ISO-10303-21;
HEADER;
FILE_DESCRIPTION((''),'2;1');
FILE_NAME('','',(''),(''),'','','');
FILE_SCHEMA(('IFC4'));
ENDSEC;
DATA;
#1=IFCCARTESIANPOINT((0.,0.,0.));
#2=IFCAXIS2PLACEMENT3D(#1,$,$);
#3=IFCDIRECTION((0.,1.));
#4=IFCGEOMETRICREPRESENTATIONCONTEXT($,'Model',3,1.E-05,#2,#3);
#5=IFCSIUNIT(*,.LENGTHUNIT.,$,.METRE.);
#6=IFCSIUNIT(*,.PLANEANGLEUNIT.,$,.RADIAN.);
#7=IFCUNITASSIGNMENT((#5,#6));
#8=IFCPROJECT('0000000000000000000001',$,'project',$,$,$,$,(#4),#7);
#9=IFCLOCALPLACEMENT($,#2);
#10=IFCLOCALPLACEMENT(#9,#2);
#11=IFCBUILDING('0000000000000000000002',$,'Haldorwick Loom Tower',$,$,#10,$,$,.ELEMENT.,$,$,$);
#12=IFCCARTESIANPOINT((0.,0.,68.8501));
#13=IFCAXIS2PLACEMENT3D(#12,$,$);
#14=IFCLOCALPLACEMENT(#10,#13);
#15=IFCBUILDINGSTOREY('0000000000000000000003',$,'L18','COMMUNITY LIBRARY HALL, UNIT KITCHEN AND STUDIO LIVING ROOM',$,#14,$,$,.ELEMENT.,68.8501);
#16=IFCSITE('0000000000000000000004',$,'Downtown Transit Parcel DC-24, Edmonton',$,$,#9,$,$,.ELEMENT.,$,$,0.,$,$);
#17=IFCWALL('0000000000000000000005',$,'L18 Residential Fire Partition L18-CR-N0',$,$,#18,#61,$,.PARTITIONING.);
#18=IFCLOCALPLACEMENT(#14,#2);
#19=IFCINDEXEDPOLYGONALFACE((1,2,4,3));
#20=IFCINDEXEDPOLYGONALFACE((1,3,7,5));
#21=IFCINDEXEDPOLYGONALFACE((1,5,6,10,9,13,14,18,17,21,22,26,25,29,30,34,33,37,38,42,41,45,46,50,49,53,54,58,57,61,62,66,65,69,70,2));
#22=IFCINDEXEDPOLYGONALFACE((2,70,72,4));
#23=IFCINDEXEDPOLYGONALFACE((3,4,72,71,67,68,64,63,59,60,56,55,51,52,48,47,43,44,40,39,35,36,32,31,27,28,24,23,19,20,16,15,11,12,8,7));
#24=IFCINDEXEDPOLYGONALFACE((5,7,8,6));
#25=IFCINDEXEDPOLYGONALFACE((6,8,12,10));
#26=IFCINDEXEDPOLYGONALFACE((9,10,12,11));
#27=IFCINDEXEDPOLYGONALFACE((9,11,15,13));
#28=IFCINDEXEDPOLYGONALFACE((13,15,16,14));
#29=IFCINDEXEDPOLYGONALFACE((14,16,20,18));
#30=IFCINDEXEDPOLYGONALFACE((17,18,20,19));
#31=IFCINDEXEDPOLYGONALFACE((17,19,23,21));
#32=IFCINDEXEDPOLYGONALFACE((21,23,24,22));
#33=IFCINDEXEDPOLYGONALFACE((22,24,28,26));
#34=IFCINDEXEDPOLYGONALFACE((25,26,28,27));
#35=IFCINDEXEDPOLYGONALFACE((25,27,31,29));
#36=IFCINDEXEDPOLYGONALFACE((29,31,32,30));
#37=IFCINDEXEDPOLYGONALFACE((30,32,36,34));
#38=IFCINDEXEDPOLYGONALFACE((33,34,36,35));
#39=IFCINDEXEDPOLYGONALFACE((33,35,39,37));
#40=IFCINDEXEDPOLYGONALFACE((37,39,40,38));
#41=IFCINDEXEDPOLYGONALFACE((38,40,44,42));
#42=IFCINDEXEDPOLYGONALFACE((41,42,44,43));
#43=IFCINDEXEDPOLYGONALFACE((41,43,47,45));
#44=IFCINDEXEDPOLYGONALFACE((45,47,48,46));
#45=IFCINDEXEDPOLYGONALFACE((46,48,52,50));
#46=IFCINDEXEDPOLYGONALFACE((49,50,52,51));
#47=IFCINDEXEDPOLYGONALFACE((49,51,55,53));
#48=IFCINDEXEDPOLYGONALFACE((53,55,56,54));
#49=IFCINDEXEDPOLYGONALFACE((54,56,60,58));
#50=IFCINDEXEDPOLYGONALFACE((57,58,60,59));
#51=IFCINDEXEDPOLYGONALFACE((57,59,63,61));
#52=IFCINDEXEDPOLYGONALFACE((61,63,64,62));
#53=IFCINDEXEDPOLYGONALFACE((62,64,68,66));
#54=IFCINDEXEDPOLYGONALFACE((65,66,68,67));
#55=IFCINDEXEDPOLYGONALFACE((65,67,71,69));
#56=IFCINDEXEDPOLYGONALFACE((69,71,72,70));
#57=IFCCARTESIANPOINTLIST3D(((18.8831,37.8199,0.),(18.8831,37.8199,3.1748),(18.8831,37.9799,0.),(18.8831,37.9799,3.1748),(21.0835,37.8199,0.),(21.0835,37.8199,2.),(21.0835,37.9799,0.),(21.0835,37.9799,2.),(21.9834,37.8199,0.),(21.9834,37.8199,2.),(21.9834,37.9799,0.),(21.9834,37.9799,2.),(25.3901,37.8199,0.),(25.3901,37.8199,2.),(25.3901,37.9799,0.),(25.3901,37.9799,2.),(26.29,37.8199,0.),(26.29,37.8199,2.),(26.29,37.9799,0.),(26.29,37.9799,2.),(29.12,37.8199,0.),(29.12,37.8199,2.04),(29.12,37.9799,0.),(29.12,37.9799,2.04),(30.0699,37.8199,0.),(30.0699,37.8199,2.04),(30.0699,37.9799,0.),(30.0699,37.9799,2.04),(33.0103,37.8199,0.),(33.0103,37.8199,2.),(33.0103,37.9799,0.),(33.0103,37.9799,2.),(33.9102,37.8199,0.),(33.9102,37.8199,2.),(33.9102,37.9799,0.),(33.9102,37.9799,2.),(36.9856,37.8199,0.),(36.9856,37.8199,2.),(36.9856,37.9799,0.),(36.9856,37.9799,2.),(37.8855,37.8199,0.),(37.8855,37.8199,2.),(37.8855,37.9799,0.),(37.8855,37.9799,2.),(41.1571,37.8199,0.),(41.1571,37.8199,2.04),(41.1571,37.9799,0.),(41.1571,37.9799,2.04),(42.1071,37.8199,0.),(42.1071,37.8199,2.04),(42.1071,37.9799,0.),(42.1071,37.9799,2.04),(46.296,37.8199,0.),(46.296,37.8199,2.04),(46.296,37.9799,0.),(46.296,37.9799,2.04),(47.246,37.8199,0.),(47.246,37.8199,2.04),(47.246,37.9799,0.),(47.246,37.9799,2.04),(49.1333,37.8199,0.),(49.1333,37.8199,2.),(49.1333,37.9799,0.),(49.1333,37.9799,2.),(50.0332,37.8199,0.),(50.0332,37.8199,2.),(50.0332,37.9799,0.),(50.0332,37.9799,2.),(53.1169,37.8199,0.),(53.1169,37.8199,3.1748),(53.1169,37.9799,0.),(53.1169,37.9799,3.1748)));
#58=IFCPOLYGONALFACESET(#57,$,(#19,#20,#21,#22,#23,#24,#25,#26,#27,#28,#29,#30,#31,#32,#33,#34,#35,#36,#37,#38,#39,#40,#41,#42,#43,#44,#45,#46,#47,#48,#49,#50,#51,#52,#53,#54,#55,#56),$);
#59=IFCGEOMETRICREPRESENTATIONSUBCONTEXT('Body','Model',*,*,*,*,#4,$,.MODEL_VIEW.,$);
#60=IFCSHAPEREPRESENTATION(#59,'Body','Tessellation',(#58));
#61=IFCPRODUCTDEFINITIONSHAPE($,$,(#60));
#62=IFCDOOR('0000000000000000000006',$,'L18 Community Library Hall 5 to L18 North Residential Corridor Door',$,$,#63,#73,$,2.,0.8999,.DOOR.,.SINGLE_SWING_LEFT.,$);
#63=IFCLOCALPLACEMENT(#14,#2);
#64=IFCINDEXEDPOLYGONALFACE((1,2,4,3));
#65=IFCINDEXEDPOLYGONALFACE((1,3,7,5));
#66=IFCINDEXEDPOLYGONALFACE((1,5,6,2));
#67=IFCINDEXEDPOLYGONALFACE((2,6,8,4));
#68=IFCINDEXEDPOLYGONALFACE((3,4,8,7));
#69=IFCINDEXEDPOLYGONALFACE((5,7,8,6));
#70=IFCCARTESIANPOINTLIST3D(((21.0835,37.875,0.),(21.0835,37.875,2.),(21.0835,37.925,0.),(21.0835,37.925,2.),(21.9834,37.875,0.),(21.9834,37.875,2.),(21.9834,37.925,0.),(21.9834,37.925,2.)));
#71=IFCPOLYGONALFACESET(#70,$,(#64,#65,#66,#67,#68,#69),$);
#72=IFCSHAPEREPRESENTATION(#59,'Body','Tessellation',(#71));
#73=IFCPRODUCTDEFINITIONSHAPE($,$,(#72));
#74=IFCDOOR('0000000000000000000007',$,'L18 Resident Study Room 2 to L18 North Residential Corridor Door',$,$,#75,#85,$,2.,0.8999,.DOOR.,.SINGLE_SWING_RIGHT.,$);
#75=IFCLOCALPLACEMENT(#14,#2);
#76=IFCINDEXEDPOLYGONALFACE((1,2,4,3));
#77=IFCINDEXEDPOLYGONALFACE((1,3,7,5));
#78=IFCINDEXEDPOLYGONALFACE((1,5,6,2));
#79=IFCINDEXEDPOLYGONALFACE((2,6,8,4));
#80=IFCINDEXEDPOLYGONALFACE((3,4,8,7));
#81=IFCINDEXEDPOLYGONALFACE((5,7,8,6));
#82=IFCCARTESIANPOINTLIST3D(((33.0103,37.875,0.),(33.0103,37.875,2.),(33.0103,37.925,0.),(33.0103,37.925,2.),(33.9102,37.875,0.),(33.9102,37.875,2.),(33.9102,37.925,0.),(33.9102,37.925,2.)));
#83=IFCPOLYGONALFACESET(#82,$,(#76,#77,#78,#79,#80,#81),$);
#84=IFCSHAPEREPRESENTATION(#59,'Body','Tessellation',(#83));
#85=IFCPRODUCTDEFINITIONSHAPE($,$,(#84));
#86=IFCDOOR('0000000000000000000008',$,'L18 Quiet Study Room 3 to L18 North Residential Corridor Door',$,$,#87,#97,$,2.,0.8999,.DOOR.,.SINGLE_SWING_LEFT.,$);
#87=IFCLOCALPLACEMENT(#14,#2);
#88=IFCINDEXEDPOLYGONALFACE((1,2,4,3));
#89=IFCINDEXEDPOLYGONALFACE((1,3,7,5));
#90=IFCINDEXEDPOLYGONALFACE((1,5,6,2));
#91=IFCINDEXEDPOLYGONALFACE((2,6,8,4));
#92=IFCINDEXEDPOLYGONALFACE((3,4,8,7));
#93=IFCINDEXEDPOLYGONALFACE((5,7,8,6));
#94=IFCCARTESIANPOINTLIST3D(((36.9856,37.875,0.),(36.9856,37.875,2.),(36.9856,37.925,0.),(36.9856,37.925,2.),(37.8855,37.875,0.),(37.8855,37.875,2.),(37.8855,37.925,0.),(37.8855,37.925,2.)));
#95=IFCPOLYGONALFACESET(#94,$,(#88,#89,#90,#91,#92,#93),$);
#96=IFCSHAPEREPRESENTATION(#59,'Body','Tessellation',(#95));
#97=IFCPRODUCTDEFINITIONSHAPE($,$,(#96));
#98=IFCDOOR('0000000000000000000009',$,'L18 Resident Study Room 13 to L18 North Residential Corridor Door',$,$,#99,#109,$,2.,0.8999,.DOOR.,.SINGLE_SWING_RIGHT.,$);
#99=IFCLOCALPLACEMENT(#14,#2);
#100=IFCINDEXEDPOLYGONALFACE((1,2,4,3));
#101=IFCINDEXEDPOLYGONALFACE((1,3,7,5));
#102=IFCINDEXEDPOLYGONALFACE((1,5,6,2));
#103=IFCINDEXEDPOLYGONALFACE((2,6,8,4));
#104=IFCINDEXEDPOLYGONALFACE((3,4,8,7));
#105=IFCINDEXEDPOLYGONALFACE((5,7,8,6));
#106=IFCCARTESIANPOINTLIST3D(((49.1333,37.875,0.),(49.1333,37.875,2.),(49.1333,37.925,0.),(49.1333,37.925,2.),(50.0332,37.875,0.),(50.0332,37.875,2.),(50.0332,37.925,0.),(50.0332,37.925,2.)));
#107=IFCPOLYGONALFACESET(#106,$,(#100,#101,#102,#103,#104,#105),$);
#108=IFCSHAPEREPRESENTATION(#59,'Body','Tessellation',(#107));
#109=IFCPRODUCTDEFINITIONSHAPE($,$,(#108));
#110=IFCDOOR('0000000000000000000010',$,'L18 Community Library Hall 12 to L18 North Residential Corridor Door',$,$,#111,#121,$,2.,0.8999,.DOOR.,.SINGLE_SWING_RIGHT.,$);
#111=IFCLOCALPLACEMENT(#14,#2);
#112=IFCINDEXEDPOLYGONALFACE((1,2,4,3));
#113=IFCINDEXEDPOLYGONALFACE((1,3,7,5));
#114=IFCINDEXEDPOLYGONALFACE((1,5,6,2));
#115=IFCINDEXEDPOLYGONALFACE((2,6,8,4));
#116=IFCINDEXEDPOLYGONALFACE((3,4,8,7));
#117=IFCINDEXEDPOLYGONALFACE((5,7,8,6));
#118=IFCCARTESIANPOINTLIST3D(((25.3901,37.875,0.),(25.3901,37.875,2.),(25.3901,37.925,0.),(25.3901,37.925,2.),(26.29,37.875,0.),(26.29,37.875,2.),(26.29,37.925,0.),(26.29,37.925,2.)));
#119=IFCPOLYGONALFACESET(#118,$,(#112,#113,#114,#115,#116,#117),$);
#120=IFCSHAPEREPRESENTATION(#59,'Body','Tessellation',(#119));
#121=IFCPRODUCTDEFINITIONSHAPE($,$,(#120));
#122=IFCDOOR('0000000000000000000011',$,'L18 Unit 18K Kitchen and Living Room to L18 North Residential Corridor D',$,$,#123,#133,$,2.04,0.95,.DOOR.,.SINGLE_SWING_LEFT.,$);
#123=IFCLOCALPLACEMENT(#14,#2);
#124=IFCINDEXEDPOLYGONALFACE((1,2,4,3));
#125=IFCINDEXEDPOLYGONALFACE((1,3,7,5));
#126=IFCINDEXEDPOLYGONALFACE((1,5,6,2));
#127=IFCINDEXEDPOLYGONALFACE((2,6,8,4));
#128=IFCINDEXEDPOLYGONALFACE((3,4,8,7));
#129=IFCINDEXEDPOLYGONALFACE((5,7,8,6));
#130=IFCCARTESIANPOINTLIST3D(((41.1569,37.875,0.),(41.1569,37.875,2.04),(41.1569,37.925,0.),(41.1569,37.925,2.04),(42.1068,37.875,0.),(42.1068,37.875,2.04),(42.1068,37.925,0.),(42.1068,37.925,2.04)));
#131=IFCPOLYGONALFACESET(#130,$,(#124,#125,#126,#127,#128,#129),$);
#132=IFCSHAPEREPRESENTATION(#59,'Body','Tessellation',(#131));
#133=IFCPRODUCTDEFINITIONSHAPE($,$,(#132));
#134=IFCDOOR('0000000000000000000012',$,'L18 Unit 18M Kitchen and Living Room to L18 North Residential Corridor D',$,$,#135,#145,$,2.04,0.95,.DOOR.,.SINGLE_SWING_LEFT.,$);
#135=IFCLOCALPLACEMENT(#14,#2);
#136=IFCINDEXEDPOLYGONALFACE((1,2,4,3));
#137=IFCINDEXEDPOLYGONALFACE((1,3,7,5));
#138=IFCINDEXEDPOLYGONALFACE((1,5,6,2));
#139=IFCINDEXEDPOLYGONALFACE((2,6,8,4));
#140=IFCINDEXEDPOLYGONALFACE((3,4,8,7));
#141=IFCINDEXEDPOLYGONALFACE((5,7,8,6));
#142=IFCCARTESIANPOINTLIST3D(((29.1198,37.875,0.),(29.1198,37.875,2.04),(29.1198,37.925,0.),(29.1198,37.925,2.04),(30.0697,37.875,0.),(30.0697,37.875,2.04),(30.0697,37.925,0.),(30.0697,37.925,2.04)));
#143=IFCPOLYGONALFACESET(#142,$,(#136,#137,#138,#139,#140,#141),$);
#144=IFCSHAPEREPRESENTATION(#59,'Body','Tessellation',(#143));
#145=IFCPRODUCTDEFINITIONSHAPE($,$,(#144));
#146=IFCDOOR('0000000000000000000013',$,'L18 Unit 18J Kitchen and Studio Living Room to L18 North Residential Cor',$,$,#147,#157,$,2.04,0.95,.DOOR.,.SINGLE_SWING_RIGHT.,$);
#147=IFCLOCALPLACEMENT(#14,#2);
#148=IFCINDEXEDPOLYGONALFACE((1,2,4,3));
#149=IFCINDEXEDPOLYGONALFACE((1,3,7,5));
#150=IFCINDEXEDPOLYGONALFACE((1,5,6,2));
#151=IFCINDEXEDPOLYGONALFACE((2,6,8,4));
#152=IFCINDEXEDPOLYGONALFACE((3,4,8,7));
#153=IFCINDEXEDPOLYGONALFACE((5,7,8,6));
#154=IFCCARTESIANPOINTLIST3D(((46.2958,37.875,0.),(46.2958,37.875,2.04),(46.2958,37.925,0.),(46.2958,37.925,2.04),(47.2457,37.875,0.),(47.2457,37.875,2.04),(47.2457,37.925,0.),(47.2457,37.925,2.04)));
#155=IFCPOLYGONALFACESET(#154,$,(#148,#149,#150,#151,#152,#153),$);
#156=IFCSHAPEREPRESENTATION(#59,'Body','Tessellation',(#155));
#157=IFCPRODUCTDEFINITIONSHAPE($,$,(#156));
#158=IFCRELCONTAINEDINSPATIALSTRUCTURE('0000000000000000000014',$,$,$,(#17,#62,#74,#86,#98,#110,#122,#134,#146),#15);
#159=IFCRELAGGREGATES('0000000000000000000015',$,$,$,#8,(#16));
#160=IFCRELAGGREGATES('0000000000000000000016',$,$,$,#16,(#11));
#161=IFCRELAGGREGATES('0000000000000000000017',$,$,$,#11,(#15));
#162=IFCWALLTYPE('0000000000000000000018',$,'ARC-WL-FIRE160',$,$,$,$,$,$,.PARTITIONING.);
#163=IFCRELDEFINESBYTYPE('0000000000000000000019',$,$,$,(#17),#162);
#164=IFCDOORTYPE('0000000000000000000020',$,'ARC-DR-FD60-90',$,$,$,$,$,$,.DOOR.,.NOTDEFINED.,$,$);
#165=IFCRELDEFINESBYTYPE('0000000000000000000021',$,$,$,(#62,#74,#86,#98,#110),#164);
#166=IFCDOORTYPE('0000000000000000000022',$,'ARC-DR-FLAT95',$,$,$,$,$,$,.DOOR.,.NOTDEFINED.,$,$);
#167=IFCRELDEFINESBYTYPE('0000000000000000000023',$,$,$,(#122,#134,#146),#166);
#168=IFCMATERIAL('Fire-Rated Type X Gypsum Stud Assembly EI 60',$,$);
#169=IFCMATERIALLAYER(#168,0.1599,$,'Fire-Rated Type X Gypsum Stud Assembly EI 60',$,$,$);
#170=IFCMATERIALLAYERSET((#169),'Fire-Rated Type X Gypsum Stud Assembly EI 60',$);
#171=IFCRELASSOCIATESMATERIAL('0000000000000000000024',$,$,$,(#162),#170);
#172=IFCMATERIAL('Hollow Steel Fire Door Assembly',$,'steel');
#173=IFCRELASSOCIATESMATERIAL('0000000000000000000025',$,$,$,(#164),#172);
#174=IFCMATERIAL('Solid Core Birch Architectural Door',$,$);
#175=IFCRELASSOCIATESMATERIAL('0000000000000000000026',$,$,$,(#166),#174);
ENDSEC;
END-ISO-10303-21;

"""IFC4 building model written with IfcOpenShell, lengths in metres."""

from ifc_helpers import new_model, si_unit, direction, frame, frame_2d, origin, place, context, subcontext, project, spatial, rectangle, extrude, material, layer, layer_set, type_object, element, fill, save


model = new_model("IFC4")

# Units and contexts
model_context = context("Model", 3, precision=1e-05, world=origin(), true_north=direction((0.0, 1.0)))
body_context = subcontext(model_context, "Body", "Model", "MODEL_VIEW")
ifc_project = project(units=[si_unit("LENGTHUNIT", "METRE"), si_unit("PLANEANGLEUNIT", "RADIAN")], contexts=[model_context])

# Site, building, storey
site_placement = place(None, origin())
site = spatial("IfcSite", under=ifc_project, at=site_placement, Name="Downtown Transit Parcel DC-24, Edmonton", CompositionType="ELEMENT", RefElevation=0.0)
building_placement = place(site_placement, origin())
building = spatial("IfcBuilding", under=site, at=building_placement, Name="Haldorwick Loom Tower", CompositionType="ELEMENT")
storey_placement = place(building_placement, frame((0.0, 0.0, 68.8501)))
storey = spatial("IfcBuildingStorey", under=building, at=storey_placement, Name="L18", Description="COMMUNITY LIBRARY HALL, UNIT KITCHEN AND STUDIO LIVING ROOM", CompositionType="ELEMENT", Elevation=68.8501)

# Wall, openings, doors
ifc_material_1 = material(Name="Fire-Rated Type X Gypsum Stud Assembly EI 60")
ifc_layer_1 = layer(ifc_material_1, 0.1599, Name="Fire-Rated Type X Gypsum Stud Assembly EI 60")
ifc_layer_set_1 = layer_set([ifc_layer_1], Name="Fire-Rated Type X Gypsum Stud Assembly EI 60")
wall_type_1 = type_object("IfcWallType", Name="ARC-WL-FIRE160", PredefinedType="PARTITIONING", material=ifc_layer_set_1)
wall_1_placement = place(storey_placement, frame((18.8831, 37.8999, 0.0), z_axis=(0.0, 0.0, 1.0), x_axis=(1.0, 0.0, 0.0)))
wall_1 = element("IfcWall", 1, at=wall_1_placement, inside=storey, type_object=wall_type_1, Name="L18 Residential Fire Partition L18-CR-N0", PredefinedType="PARTITIONING", context=body_context, shape_type="SweptSolid", body=[
    extrude(rectangle(XDim=34.2339, YDim=0.1599, at=frame_2d((17.1169, 0.0))), origin(), (0.0, 0.0, 1.0), 3.1748),
])
opening_1_placement = place(wall_1_placement, frame((2.2004, 0.0, 0.0)))
opening_1 = element("IfcOpeningElement", 2, at=opening_1_placement, cuts=wall_1, PredefinedType="OPENING", context=body_context, shape_type="SweptSolid", body=[
    extrude(rectangle(XDim=0.8999, YDim=2.0, at=frame_2d((0.45, 1.0))), frame((0.0, 0.0898, 0.0), z_axis=(0.0, -1.0, 0.0), x_axis=(1.0, 0.0, 0.0)), (0.0, 0.0, 1.0), 0.1799),
])
opening_2_placement = place(wall_1_placement, frame((22.2739, 0.0, 0.0)))
opening_2 = element("IfcOpeningElement", 3, at=opening_2_placement, cuts=wall_1, PredefinedType="OPENING", context=body_context, shape_type="SweptSolid", body=[
    extrude(rectangle(XDim=0.95, YDim=2.04, at=frame_2d((0.4751, 1.02))), frame((0.0, 0.0898, 0.0), z_axis=(0.0, -1.0, 0.0), x_axis=(1.0, 0.0, 0.0)), (0.0, 0.0, 1.0), 0.1799),
])
opening_3_placement = place(wall_1_placement, frame((14.1272, 0.0, 0.0)))
opening_3 = element("IfcOpeningElement", 4, at=opening_3_placement, cuts=wall_1, PredefinedType="OPENING", context=body_context, shape_type="SweptSolid", body=[
    extrude(rectangle(XDim=0.8999, YDim=2.0, at=frame_2d((0.45, 1.0))), frame((0.0, 0.0898, 0.0), z_axis=(0.0, -1.0, 0.0), x_axis=(1.0, 0.0, 0.0)), (0.0, 0.0, 1.0), 0.1799),
])
opening_4_placement = place(wall_1_placement, frame((18.1025, 0.0, 0.0)))
opening_4 = element("IfcOpeningElement", 5, at=opening_4_placement, cuts=wall_1, PredefinedType="OPENING", context=body_context, shape_type="SweptSolid", body=[
    extrude(rectangle(XDim=0.8999, YDim=2.0, at=frame_2d((0.45, 1.0))), frame((0.0, 0.0898, 0.0), z_axis=(0.0, -1.0, 0.0), x_axis=(1.0, 0.0, 0.0)), (0.0, 0.0, 1.0), 0.1799),
])
opening_5_placement = place(wall_1_placement, frame((30.2502, 0.0, 0.0)))
opening_5 = element("IfcOpeningElement", 6, at=opening_5_placement, cuts=wall_1, PredefinedType="OPENING", context=body_context, shape_type="SweptSolid", body=[
    extrude(rectangle(XDim=0.8999, YDim=2.0, at=frame_2d((0.45, 1.0))), frame((0.0, 0.0898, 0.0), z_axis=(0.0, -1.0, 0.0), x_axis=(1.0, 0.0, 0.0)), (0.0, 0.0, 1.0), 0.1799),
])
opening_6_placement = place(wall_1_placement, frame((6.5071, 0.0, 0.0)))
opening_6 = element("IfcOpeningElement", 7, at=opening_6_placement, cuts=wall_1, PredefinedType="OPENING", context=body_context, shape_type="SweptSolid", body=[
    extrude(rectangle(XDim=0.8999, YDim=2.0, at=frame_2d((0.45, 1.0))), frame((0.0, 0.0898, 0.0), z_axis=(0.0, -1.0, 0.0), x_axis=(1.0, 0.0, 0.0)), (0.0, 0.0, 1.0), 0.1799),
])
opening_7_placement = place(wall_1_placement, frame((10.2368, 0.0, 0.0)))
opening_7 = element("IfcOpeningElement", 8, at=opening_7_placement, cuts=wall_1, PredefinedType="OPENING", context=body_context, shape_type="SweptSolid", body=[
    extrude(rectangle(XDim=0.95, YDim=2.04, at=frame_2d((0.4751, 1.02))), frame((0.0, 0.0898, 0.0), z_axis=(0.0, -1.0, 0.0), x_axis=(1.0, 0.0, 0.0)), (0.0, 0.0, 1.0), 0.1799),
])
opening_8_placement = place(wall_1_placement, frame((27.4128, 0.0, 0.0)))
opening_8 = element("IfcOpeningElement", 9, at=opening_8_placement, cuts=wall_1, PredefinedType="OPENING", context=body_context, shape_type="SweptSolid", body=[
    extrude(rectangle(XDim=0.95, YDim=2.04, at=frame_2d((0.4751, 1.02))), frame((0.0, 0.0898, 0.0), z_axis=(0.0, -1.0, 0.0), x_axis=(1.0, 0.0, 0.0)), (0.0, 0.0, 1.0), 0.1799),
])
ifc_material_2 = material(Name="Hollow Steel Fire Door Assembly", Category="steel")
door_type_1 = type_object("IfcDoorType", Name="ARC-DR-FD60-90", OperationType="NOTDEFINED", PredefinedType="DOOR", material=ifc_material_2)
door_1_placement = place(opening_1_placement, frame((0.8999, 0.0, 0.0), z_axis=(0.0, 0.0, 1.0), x_axis=(-1.0, 0.0, 0.0)))
door_1 = element("IfcDoor", 10, at=door_1_placement, inside=storey, type_object=door_type_1, Name="L18 Community Library Hall 5 to L18 North Residential Corridor Door", OperationType="SINGLE_SWING_LEFT", OverallHeight=2.0, OverallWidth=0.8999, PredefinedType="DOOR", context=body_context, shape_type="SweptSolid", body=[
    extrude(rectangle(XDim=0.8999, YDim=2.0, at=frame_2d((0.45, 1.0))), frame((0.0, 0.0249, 0.0), z_axis=(0.0, -1.0, 0.0), x_axis=(1.0, 0.0, 0.0)), (0.0, 0.0, 1.0), 0.05),
])
fill(opening_1, door_1)
door_2_placement = place(opening_3_placement, frame((0.8999, 0.0, 0.0), z_axis=(0.0, 0.0, 1.0), x_axis=(-1.0, 0.0, 0.0)))
door_2 = element("IfcDoor", 11, at=door_2_placement, inside=storey, type_object=door_type_1, Name="L18 Resident Study Room 2 to L18 North Residential Corridor Door", OperationType="SINGLE_SWING_RIGHT", OverallHeight=2.0, OverallWidth=0.8999, PredefinedType="DOOR", context=body_context, shape_type="SweptSolid", body=[
    extrude(rectangle(XDim=0.8999, YDim=2.0, at=frame_2d((0.45, 1.0))), frame((0.0, 0.0249, 0.0), z_axis=(0.0, -1.0, 0.0), x_axis=(1.0, 0.0, 0.0)), (0.0, 0.0, 1.0), 0.05),
])
fill(opening_3, door_2)
door_3_placement = place(opening_4_placement, frame((0.8999, 0.0, 0.0), z_axis=(0.0, 0.0, 1.0), x_axis=(-1.0, 0.0, 0.0)))
door_3 = element("IfcDoor", 12, at=door_3_placement, inside=storey, type_object=door_type_1, Name="L18 Quiet Study Room 3 to L18 North Residential Corridor Door", OperationType="SINGLE_SWING_LEFT", OverallHeight=2.0, OverallWidth=0.8999, PredefinedType="DOOR", context=body_context, shape_type="SweptSolid", body=[
    extrude(rectangle(XDim=0.8999, YDim=2.0, at=frame_2d((0.45, 1.0))), frame((0.0, 0.0249, 0.0), z_axis=(0.0, -1.0, 0.0), x_axis=(1.0, 0.0, 0.0)), (0.0, 0.0, 1.0), 0.05),
])
fill(opening_4, door_3)
door_4_placement = place(opening_5_placement, frame((0.8999, 0.0, 0.0), z_axis=(0.0, 0.0, 1.0), x_axis=(-1.0, 0.0, 0.0)))
door_4 = element("IfcDoor", 13, at=door_4_placement, inside=storey, type_object=door_type_1, Name="L18 Resident Study Room 13 to L18 North Residential Corridor Door", OperationType="SINGLE_SWING_RIGHT", OverallHeight=2.0, OverallWidth=0.8999, PredefinedType="DOOR", context=body_context, shape_type="SweptSolid", body=[
    extrude(rectangle(XDim=0.8999, YDim=2.0, at=frame_2d((0.45, 1.0))), frame((0.0, 0.0249, 0.0), z_axis=(0.0, -1.0, 0.0), x_axis=(1.0, 0.0, 0.0)), (0.0, 0.0, 1.0), 0.05),
])
fill(opening_5, door_4)
door_5_placement = place(opening_6_placement, frame((0.8999, 0.0, 0.0), z_axis=(0.0, 0.0, 1.0), x_axis=(-1.0, 0.0, 0.0)))
door_5 = element("IfcDoor", 14, at=door_5_placement, inside=storey, type_object=door_type_1, Name="L18 Community Library Hall 12 to L18 North Residential Corridor Door", OperationType="SINGLE_SWING_RIGHT", OverallHeight=2.0, OverallWidth=0.8999, PredefinedType="DOOR", context=body_context, shape_type="SweptSolid", body=[
    extrude(rectangle(XDim=0.8999, YDim=2.0, at=frame_2d((0.45, 1.0))), frame((0.0, 0.0249, 0.0), z_axis=(0.0, -1.0, 0.0), x_axis=(1.0, 0.0, 0.0)), (0.0, 0.0, 1.0), 0.05),
])
fill(opening_6, door_5)
ifc_material_3 = material(Name="Solid Core Birch Architectural Door")
door_type_2 = type_object("IfcDoorType", Name="ARC-DR-FLAT95", OperationType="NOTDEFINED", PredefinedType="DOOR", material=ifc_material_3)
door_6_placement = place(opening_2_placement, frame((0.95, 0.0, 0.0), z_axis=(0.0, 0.0, 1.0), x_axis=(-1.0, 0.0, 0.0)))
door_6 = element("IfcDoor", 15, at=door_6_placement, inside=storey, type_object=door_type_2, Name="L18 Unit 18K Kitchen and Living Room to L18 North Residential Corridor D", OperationType="SINGLE_SWING_LEFT", OverallHeight=2.04, OverallWidth=0.95, PredefinedType="DOOR", context=body_context, shape_type="SweptSolid", body=[
    extrude(rectangle(XDim=0.95, YDim=2.04, at=frame_2d((0.4751, 1.02))), frame((0.0, 0.0249, 0.0), z_axis=(0.0, -1.0, 0.0), x_axis=(1.0, 0.0, 0.0)), (0.0, 0.0, 1.0), 0.05),
])
fill(opening_2, door_6)
door_7_placement = place(opening_7_placement, frame((0.95, 0.0, 0.0), z_axis=(0.0, 0.0, 1.0), x_axis=(-1.0, 0.0, 0.0)))
door_7 = element("IfcDoor", 16, at=door_7_placement, inside=storey, type_object=door_type_2, Name="L18 Unit 18M Kitchen and Living Room to L18 North Residential Corridor D", OperationType="SINGLE_SWING_LEFT", OverallHeight=2.04, OverallWidth=0.95, PredefinedType="DOOR", context=body_context, shape_type="SweptSolid", body=[
    extrude(rectangle(XDim=0.95, YDim=2.04, at=frame_2d((0.4751, 1.02))), frame((0.0, 0.0249, 0.0), z_axis=(0.0, -1.0, 0.0), x_axis=(1.0, 0.0, 0.0)), (0.0, 0.0, 1.0), 0.05),
])
fill(opening_7, door_7)
door_8_placement = place(opening_8_placement, frame((0.95, 0.0, 0.0), z_axis=(0.0, 0.0, 1.0), x_axis=(-1.0, 0.0, 0.0)))
door_8 = element("IfcDoor", 17, at=door_8_placement, inside=storey, type_object=door_type_2, Name="L18 Unit 18J Kitchen and Studio Living Room to L18 North Residential Cor", OperationType="SINGLE_SWING_RIGHT", OverallHeight=2.04, OverallWidth=0.95, PredefinedType="DOOR", context=body_context, shape_type="SweptSolid", body=[
    extrude(rectangle(XDim=0.95, YDim=2.04, at=frame_2d((0.4751, 1.02))), frame((0.0, 0.0249, 0.0), z_axis=(0.0, -1.0, 0.0), x_axis=(1.0, 0.0, 0.0)), (0.0, 0.0, 1.0), 0.05),
])
fill(opening_8, door_8)

save(model, "model.ifc")
